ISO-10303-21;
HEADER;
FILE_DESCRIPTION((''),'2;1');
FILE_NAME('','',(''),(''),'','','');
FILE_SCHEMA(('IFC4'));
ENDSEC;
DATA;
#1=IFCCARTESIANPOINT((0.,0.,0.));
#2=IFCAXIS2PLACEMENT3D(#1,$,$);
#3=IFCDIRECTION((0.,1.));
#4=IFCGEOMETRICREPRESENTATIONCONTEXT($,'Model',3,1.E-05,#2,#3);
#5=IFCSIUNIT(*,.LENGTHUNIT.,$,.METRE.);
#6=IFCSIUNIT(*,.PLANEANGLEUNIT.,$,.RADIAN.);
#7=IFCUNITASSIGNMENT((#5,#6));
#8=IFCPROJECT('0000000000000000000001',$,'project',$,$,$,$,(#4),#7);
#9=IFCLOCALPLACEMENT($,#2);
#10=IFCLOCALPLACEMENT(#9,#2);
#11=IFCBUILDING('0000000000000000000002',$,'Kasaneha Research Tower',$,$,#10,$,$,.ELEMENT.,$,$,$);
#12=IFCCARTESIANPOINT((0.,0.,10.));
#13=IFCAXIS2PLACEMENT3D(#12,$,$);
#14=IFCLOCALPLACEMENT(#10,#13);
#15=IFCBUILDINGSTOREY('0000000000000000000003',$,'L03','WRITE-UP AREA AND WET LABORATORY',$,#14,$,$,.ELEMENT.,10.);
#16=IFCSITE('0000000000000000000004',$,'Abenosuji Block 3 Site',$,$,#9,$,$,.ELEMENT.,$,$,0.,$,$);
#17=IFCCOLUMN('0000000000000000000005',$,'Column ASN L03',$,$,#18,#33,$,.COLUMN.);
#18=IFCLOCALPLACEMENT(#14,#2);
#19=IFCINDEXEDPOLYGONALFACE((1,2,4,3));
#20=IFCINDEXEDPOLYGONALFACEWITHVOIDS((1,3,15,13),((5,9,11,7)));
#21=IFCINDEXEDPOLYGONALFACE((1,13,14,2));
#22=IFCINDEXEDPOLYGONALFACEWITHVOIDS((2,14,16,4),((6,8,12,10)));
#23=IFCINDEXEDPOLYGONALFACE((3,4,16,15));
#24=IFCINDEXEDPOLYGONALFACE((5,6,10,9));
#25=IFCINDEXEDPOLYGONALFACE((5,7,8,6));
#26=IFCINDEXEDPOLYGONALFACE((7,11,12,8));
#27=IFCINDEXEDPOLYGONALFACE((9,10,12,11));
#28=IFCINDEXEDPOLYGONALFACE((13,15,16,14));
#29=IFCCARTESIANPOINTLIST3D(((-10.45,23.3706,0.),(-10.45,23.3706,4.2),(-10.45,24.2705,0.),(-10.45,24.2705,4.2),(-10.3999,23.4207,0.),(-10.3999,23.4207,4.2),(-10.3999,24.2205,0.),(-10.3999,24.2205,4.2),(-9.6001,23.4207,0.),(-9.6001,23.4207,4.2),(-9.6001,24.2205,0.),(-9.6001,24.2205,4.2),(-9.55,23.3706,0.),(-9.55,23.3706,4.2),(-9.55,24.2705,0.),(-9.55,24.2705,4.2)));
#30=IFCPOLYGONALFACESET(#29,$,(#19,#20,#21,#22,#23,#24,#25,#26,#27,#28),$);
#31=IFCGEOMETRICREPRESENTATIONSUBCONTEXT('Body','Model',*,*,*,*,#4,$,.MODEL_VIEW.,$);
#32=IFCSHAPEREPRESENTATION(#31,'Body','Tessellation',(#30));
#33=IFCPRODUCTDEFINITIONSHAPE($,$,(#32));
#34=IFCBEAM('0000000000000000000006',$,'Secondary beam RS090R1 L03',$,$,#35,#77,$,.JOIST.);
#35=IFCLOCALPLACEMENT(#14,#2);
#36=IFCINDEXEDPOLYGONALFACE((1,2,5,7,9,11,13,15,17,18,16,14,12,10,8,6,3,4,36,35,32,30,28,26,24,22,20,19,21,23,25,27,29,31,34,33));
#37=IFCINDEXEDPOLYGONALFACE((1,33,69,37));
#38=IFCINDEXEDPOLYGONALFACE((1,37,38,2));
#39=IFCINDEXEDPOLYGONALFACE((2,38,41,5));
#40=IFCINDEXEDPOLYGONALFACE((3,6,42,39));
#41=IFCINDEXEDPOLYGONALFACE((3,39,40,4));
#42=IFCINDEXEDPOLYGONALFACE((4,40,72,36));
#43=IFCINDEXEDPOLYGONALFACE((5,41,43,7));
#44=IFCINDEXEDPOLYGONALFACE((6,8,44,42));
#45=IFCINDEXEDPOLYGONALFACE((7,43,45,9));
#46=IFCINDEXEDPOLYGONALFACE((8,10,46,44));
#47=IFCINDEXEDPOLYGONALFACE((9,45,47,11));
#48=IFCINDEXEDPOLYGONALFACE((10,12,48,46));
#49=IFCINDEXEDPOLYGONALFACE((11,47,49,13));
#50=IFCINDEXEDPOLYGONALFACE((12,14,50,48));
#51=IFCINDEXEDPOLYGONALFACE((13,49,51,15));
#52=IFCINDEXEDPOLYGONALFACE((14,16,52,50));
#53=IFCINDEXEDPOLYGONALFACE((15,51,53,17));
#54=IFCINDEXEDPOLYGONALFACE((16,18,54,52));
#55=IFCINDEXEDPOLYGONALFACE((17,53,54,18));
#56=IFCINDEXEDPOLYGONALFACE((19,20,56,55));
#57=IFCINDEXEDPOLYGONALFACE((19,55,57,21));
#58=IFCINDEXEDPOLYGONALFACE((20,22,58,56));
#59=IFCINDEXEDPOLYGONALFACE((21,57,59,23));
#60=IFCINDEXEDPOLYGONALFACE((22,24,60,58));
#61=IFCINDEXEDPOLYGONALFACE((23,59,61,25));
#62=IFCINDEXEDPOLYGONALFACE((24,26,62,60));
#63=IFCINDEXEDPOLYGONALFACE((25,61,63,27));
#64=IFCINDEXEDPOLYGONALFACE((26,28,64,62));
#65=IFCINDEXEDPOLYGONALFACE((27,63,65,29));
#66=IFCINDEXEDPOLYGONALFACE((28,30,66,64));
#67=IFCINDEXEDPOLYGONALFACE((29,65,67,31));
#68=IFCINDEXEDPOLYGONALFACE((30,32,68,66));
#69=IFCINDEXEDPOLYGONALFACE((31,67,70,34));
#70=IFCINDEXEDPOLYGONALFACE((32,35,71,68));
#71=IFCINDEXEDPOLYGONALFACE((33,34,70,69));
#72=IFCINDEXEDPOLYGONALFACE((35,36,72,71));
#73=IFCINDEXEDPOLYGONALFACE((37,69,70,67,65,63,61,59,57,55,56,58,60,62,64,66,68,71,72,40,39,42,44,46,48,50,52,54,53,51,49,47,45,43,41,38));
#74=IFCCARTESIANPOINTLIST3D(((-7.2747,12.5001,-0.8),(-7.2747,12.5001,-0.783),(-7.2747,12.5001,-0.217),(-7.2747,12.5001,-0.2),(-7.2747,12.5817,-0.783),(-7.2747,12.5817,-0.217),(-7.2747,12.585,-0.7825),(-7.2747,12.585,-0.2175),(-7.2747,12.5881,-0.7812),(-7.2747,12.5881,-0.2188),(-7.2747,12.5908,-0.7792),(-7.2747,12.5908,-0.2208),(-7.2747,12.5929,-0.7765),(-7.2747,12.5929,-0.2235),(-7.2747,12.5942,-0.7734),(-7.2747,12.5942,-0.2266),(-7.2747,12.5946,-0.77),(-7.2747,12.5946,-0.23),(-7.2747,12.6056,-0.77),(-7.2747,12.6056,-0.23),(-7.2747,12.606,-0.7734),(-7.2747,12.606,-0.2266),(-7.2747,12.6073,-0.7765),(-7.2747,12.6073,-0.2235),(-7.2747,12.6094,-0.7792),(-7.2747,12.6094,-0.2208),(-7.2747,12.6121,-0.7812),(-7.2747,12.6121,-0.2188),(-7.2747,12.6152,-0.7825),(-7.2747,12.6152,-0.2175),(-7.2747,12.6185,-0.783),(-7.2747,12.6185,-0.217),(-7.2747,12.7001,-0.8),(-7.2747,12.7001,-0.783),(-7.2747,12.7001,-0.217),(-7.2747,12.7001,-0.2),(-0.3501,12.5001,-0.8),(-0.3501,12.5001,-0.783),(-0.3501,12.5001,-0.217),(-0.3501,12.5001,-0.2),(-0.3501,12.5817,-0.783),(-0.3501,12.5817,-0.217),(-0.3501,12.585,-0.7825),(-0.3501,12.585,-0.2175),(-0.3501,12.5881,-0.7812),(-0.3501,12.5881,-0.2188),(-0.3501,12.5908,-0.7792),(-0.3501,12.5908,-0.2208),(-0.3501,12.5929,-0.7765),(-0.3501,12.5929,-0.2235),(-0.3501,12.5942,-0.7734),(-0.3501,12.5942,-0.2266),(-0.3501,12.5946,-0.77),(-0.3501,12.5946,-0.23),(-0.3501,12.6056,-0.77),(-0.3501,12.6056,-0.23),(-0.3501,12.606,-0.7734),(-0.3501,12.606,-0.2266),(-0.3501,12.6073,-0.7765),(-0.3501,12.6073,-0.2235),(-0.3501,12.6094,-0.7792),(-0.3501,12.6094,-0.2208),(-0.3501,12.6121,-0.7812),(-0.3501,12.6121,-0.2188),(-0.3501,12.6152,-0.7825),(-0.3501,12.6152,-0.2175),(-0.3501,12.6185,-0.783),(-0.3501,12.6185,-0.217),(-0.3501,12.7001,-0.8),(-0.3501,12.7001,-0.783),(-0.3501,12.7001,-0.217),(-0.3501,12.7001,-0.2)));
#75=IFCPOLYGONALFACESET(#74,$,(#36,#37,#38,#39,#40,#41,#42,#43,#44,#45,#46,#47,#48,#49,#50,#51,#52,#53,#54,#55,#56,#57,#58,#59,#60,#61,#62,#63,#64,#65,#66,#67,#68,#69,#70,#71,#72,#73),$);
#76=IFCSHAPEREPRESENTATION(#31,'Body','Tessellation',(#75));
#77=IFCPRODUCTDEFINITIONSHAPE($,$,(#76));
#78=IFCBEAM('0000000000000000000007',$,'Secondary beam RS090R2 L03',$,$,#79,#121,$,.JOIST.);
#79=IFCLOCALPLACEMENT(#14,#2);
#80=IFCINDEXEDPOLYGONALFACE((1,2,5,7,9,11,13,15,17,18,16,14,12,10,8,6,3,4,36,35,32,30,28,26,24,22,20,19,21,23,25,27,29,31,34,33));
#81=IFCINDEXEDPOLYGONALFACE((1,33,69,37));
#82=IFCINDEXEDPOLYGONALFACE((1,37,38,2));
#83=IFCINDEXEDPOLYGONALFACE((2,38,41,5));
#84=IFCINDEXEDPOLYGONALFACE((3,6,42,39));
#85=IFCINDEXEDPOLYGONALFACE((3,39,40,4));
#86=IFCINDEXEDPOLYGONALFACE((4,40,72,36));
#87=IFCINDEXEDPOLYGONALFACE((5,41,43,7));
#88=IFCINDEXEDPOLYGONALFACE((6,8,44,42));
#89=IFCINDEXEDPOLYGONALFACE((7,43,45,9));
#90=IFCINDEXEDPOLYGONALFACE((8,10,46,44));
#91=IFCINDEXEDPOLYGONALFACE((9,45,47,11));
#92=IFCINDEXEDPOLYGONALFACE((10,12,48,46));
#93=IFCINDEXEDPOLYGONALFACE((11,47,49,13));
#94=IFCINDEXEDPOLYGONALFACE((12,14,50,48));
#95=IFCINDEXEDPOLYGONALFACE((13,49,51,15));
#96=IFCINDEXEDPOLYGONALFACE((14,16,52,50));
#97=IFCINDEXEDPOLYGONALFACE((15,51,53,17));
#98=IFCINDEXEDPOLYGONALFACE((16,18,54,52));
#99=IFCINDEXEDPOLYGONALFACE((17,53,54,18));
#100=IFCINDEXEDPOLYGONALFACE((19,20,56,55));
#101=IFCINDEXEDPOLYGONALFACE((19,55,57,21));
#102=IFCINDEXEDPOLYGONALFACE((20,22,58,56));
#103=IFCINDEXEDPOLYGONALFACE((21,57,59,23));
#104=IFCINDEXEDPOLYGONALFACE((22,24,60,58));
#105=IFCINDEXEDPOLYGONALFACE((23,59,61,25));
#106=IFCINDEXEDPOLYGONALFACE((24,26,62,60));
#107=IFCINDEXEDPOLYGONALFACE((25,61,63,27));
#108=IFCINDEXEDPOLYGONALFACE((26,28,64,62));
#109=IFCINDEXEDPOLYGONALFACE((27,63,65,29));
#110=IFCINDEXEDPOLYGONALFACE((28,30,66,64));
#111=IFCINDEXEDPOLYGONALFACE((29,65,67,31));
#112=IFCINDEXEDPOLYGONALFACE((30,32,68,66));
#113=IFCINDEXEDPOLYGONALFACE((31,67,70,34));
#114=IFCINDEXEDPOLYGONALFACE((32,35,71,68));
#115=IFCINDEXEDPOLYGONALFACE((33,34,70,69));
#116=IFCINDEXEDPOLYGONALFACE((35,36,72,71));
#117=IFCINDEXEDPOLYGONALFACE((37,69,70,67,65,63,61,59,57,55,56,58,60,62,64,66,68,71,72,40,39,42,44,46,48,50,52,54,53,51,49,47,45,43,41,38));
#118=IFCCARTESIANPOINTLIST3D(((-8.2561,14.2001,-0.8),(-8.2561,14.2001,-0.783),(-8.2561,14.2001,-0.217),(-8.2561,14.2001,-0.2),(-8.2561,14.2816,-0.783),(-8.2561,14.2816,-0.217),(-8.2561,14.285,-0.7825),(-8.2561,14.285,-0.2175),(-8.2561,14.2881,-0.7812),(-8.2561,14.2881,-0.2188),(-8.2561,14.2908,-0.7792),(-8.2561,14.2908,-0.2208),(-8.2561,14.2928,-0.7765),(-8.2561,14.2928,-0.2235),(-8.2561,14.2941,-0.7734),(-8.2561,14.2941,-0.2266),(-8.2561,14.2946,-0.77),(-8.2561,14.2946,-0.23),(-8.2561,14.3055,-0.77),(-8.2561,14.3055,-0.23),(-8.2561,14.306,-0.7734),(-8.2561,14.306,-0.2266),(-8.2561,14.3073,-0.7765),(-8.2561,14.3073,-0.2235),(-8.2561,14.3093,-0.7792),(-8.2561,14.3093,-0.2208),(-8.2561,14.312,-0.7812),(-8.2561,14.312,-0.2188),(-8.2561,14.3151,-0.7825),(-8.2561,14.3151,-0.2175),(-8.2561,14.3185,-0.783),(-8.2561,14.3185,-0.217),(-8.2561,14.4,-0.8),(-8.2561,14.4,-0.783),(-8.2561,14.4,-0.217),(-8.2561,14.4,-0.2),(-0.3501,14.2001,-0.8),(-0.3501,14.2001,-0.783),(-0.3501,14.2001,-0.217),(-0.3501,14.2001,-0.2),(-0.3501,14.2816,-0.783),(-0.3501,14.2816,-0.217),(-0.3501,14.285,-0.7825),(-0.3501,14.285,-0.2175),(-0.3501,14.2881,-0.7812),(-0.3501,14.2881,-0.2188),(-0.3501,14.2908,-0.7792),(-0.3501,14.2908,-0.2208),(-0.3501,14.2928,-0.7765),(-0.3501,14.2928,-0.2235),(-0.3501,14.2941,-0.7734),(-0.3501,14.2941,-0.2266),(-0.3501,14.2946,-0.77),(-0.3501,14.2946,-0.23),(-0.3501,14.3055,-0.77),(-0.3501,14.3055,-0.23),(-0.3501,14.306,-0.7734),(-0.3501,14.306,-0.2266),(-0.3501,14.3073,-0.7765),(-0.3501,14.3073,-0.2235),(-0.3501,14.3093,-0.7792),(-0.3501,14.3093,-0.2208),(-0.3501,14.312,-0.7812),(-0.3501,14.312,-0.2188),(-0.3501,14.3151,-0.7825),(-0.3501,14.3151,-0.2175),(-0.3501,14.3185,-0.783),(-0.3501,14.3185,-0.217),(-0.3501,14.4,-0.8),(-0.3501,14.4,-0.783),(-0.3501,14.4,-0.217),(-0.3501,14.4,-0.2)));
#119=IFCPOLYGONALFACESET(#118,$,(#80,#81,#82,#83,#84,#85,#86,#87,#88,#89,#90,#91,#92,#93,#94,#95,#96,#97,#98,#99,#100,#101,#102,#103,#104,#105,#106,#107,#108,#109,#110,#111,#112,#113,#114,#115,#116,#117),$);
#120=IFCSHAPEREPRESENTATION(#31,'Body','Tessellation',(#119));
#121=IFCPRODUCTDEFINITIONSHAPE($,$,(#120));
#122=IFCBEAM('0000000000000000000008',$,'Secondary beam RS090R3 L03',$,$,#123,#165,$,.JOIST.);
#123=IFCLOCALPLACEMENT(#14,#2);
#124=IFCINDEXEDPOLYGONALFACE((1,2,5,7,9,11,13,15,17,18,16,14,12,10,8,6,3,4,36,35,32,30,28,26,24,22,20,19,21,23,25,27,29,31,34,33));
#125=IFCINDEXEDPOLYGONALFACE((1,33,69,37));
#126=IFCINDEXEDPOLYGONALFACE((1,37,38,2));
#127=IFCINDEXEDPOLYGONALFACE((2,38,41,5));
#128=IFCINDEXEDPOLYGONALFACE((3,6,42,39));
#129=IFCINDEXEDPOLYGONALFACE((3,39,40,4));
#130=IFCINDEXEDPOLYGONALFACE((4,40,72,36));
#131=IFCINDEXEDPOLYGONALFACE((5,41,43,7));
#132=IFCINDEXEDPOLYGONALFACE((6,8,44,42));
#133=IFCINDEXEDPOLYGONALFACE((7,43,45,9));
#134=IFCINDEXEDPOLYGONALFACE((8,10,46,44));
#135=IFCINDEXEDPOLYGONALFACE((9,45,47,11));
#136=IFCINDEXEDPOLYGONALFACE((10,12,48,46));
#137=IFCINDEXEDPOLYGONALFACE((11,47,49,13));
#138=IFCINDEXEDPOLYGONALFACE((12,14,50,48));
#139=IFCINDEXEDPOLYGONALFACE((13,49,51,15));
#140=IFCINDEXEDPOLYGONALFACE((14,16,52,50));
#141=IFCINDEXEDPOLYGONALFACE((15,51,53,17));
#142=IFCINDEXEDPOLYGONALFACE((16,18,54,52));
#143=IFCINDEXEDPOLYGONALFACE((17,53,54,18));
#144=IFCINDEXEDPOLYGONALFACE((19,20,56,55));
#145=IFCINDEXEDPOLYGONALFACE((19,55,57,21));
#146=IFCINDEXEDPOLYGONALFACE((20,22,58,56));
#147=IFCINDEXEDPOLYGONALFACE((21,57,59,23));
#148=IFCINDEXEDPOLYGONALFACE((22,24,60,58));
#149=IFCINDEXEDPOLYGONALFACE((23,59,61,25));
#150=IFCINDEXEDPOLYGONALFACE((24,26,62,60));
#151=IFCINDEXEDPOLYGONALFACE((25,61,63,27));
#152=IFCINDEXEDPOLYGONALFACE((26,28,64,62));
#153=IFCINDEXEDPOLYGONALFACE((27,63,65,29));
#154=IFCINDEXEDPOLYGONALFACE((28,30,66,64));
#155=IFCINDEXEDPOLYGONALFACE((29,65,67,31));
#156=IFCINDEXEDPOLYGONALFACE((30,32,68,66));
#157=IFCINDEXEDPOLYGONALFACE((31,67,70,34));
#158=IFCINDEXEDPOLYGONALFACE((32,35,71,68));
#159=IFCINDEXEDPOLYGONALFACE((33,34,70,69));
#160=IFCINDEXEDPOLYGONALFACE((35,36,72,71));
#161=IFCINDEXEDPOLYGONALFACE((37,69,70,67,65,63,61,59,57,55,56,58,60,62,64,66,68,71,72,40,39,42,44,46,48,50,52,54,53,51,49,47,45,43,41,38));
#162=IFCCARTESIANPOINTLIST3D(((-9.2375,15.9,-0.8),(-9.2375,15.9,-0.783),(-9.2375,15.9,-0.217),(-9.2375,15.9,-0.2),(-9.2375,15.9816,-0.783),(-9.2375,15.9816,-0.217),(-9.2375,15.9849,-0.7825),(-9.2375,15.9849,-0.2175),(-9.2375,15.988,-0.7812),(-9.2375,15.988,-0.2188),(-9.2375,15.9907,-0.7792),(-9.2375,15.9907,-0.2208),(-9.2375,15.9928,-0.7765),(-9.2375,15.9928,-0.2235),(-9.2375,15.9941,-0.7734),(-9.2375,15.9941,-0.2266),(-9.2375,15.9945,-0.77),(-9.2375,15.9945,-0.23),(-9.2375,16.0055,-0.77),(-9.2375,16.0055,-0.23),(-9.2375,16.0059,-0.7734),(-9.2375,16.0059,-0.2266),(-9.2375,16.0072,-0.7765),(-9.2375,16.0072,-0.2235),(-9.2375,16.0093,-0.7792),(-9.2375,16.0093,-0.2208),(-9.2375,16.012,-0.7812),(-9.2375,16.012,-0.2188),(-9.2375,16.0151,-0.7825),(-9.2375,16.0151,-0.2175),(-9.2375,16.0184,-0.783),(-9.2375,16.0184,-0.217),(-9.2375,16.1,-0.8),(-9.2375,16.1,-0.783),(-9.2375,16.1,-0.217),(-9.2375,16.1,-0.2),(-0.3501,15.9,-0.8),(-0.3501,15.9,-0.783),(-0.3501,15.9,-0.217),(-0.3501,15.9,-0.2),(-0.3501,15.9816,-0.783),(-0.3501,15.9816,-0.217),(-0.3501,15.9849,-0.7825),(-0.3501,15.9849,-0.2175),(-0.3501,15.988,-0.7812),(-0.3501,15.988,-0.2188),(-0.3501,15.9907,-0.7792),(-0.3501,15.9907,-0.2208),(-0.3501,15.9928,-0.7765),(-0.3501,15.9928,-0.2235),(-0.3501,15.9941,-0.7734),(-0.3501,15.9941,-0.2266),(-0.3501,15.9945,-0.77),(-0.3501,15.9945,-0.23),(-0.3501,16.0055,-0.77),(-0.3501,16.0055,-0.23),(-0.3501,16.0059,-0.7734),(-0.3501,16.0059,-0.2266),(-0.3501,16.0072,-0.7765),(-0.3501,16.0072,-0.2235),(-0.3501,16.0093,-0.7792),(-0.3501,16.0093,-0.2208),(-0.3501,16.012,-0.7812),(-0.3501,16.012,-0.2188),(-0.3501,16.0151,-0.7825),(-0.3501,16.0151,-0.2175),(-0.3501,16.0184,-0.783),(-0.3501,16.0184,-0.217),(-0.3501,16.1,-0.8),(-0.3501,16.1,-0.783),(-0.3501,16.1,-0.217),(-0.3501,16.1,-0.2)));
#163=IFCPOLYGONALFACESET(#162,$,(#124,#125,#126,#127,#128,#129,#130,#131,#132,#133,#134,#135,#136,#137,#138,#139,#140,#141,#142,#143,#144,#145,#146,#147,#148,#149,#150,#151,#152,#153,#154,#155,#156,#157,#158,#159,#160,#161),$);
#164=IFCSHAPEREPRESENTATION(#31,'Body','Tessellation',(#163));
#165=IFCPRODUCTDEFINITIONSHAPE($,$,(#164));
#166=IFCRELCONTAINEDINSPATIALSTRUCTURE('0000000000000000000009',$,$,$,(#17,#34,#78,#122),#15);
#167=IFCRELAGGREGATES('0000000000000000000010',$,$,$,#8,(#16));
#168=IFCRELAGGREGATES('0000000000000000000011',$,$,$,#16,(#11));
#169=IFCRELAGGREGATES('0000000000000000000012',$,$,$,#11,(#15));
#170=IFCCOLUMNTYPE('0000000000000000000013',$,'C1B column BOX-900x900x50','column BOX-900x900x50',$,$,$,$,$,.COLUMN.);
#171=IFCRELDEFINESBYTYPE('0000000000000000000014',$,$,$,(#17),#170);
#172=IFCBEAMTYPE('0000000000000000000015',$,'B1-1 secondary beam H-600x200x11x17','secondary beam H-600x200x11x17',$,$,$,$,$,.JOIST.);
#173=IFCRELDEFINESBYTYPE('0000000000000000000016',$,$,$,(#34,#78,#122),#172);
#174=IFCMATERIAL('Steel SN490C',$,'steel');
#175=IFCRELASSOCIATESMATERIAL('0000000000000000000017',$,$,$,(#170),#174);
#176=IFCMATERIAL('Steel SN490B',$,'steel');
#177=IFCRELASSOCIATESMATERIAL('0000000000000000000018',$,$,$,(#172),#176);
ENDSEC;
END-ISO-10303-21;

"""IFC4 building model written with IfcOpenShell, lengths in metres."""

from ifc_helpers import new_model, si_unit, direction, frame, origin, origin_2d, place, context, subcontext, project, spatial, hollow_rectangle, i_section, extrude, material, material_profile, profile_set, type_object, element, save


model = new_model("IFC4")

# Units and contexts
model_context = context("Model", 3, precision=1e-05, world=origin(), true_north=direction((0.0, 1.0)))
body_context = subcontext(model_context, "Body", "Model", "MODEL_VIEW")
ifc_project = project(units=[si_unit("LENGTHUNIT", "METRE"), si_unit("PLANEANGLEUNIT", "RADIAN")], contexts=[model_context])

# Site, building, storey
site_placement = place(None, origin())
site = spatial("IfcSite", under=ifc_project, at=site_placement, Name="Abenosuji Block 3 Site", CompositionType="ELEMENT", RefElevation=0.0)
building_placement = place(site_placement, origin())
building = spatial("IfcBuilding", under=site, at=building_placement, Name="Kasaneha Research Tower", CompositionType="ELEMENT")
storey_placement = place(building_placement, frame((0.0, 0.0, 10.0)))
storey = spatial("IfcBuildingStorey", under=building, at=storey_placement, Name="L03", Description="WRITE-UP AREA AND WET LABORATORY", CompositionType="ELEMENT", Elevation=10.0)

# Column
ifc_material_1 = material(Name="Steel SN490C", Category="steel")
ifc_material_profile_1 = material_profile(ifc_material_1, hollow_rectangle(XDim=0.8999, YDim=0.8999, WallThickness=0.05, at=origin_2d()), Name="BOX-900x900x50")
ifc_profile_set_1 = profile_set([ifc_material_profile_1], Name="Steel SN490C")
column_type = type_object("IfcColumnType", Name="C1B column BOX-900x900x50", Description="column BOX-900x900x50", PredefinedType="COLUMN", material=ifc_profile_set_1)
column_placement = place(storey_placement, frame((-10.0, 23.8206, 0.0), z_axis=(0.0, 0.0, 1.0), x_axis=(1.0, 0.0, 0.0)))
element("IfcColumn", 1, at=column_placement, inside=storey, type_object=column_type, Name="Column ASN L03", PredefinedType="COLUMN", context=body_context, shape_type="SweptSolid", body=[
    extrude(hollow_rectangle(XDim=0.8999, YDim=0.8999, WallThickness=0.05, at=origin_2d()), origin(), (0.0, 0.0, 1.0), 4.2),
])

# Beams
ifc_material_2 = material(Name="Steel SN490B", Category="steel")
ifc_material_profile_2 = material_profile(ifc_material_2, i_section(OverallWidth=0.2, OverallDepth=0.6001, WebThickness=0.011, FlangeThickness=0.0171, FilletRadius=0.0129, at=origin_2d()), Name="H-600x200x11x17")
ifc_profile_set_2 = profile_set([ifc_material_profile_2], Name="Steel SN490B")
beam_type_1 = type_object("IfcBeamType", Name="B1-1 secondary beam H-600x200x11x17", Description="secondary beam H-600x200x11x17", PredefinedType="JOIST", material=ifc_profile_set_2)
beam_1_placement = place(storey_placement, frame((-7.2747, 12.6001, -0.5), z_axis=(1.0, 0.0, 0.0), x_axis=(0.0, 1.0, 0.0)))
element("IfcBeam", 2, at=beam_1_placement, inside=storey, type_object=beam_type_1, Name="Secondary beam RS090R1 L03", PredefinedType="JOIST", context=body_context, shape_type="SweptSolid", body=[
    extrude(i_section(OverallWidth=0.2, OverallDepth=0.6001, WebThickness=0.011, FlangeThickness=0.0171, FilletRadius=0.0129, at=origin_2d()), origin(), (0.0, 0.0, 1.0), 6.9246),
])
beam_2_placement = place(storey_placement, frame((-8.2561, 14.3, -0.5), z_axis=(1.0, 0.0, 0.0), x_axis=(0.0, 1.0, 0.0)))
element("IfcBeam", 3, at=beam_2_placement, inside=storey, type_object=beam_type_1, Name="Secondary beam RS090R2 L03", PredefinedType="JOIST", context=body_context, shape_type="SweptSolid", body=[
    extrude(i_section(OverallWidth=0.2, OverallDepth=0.6001, WebThickness=0.011, FlangeThickness=0.0171, FilletRadius=0.0129, at=origin_2d()), origin(), (0.0, 0.0, 1.0), 7.906),
])
beam_3_placement = place(storey_placement, frame((-9.2375, 16.0, -0.5), z_axis=(1.0, 0.0, 0.0), x_axis=(0.0, 1.0, 0.0)))
element("IfcBeam", 4, at=beam_3_placement, inside=storey, type_object=beam_type_1, Name="Secondary beam RS090R3 L03", PredefinedType="JOIST", context=body_context, shape_type="SweptSolid", body=[
    extrude(i_section(OverallWidth=0.2, OverallDepth=0.6001, WebThickness=0.011, FlangeThickness=0.0171, FilletRadius=0.0129, at=origin_2d()), origin(), (0.0, 0.0, 1.0), 8.8875),
])

save(model, "model.ifc")
